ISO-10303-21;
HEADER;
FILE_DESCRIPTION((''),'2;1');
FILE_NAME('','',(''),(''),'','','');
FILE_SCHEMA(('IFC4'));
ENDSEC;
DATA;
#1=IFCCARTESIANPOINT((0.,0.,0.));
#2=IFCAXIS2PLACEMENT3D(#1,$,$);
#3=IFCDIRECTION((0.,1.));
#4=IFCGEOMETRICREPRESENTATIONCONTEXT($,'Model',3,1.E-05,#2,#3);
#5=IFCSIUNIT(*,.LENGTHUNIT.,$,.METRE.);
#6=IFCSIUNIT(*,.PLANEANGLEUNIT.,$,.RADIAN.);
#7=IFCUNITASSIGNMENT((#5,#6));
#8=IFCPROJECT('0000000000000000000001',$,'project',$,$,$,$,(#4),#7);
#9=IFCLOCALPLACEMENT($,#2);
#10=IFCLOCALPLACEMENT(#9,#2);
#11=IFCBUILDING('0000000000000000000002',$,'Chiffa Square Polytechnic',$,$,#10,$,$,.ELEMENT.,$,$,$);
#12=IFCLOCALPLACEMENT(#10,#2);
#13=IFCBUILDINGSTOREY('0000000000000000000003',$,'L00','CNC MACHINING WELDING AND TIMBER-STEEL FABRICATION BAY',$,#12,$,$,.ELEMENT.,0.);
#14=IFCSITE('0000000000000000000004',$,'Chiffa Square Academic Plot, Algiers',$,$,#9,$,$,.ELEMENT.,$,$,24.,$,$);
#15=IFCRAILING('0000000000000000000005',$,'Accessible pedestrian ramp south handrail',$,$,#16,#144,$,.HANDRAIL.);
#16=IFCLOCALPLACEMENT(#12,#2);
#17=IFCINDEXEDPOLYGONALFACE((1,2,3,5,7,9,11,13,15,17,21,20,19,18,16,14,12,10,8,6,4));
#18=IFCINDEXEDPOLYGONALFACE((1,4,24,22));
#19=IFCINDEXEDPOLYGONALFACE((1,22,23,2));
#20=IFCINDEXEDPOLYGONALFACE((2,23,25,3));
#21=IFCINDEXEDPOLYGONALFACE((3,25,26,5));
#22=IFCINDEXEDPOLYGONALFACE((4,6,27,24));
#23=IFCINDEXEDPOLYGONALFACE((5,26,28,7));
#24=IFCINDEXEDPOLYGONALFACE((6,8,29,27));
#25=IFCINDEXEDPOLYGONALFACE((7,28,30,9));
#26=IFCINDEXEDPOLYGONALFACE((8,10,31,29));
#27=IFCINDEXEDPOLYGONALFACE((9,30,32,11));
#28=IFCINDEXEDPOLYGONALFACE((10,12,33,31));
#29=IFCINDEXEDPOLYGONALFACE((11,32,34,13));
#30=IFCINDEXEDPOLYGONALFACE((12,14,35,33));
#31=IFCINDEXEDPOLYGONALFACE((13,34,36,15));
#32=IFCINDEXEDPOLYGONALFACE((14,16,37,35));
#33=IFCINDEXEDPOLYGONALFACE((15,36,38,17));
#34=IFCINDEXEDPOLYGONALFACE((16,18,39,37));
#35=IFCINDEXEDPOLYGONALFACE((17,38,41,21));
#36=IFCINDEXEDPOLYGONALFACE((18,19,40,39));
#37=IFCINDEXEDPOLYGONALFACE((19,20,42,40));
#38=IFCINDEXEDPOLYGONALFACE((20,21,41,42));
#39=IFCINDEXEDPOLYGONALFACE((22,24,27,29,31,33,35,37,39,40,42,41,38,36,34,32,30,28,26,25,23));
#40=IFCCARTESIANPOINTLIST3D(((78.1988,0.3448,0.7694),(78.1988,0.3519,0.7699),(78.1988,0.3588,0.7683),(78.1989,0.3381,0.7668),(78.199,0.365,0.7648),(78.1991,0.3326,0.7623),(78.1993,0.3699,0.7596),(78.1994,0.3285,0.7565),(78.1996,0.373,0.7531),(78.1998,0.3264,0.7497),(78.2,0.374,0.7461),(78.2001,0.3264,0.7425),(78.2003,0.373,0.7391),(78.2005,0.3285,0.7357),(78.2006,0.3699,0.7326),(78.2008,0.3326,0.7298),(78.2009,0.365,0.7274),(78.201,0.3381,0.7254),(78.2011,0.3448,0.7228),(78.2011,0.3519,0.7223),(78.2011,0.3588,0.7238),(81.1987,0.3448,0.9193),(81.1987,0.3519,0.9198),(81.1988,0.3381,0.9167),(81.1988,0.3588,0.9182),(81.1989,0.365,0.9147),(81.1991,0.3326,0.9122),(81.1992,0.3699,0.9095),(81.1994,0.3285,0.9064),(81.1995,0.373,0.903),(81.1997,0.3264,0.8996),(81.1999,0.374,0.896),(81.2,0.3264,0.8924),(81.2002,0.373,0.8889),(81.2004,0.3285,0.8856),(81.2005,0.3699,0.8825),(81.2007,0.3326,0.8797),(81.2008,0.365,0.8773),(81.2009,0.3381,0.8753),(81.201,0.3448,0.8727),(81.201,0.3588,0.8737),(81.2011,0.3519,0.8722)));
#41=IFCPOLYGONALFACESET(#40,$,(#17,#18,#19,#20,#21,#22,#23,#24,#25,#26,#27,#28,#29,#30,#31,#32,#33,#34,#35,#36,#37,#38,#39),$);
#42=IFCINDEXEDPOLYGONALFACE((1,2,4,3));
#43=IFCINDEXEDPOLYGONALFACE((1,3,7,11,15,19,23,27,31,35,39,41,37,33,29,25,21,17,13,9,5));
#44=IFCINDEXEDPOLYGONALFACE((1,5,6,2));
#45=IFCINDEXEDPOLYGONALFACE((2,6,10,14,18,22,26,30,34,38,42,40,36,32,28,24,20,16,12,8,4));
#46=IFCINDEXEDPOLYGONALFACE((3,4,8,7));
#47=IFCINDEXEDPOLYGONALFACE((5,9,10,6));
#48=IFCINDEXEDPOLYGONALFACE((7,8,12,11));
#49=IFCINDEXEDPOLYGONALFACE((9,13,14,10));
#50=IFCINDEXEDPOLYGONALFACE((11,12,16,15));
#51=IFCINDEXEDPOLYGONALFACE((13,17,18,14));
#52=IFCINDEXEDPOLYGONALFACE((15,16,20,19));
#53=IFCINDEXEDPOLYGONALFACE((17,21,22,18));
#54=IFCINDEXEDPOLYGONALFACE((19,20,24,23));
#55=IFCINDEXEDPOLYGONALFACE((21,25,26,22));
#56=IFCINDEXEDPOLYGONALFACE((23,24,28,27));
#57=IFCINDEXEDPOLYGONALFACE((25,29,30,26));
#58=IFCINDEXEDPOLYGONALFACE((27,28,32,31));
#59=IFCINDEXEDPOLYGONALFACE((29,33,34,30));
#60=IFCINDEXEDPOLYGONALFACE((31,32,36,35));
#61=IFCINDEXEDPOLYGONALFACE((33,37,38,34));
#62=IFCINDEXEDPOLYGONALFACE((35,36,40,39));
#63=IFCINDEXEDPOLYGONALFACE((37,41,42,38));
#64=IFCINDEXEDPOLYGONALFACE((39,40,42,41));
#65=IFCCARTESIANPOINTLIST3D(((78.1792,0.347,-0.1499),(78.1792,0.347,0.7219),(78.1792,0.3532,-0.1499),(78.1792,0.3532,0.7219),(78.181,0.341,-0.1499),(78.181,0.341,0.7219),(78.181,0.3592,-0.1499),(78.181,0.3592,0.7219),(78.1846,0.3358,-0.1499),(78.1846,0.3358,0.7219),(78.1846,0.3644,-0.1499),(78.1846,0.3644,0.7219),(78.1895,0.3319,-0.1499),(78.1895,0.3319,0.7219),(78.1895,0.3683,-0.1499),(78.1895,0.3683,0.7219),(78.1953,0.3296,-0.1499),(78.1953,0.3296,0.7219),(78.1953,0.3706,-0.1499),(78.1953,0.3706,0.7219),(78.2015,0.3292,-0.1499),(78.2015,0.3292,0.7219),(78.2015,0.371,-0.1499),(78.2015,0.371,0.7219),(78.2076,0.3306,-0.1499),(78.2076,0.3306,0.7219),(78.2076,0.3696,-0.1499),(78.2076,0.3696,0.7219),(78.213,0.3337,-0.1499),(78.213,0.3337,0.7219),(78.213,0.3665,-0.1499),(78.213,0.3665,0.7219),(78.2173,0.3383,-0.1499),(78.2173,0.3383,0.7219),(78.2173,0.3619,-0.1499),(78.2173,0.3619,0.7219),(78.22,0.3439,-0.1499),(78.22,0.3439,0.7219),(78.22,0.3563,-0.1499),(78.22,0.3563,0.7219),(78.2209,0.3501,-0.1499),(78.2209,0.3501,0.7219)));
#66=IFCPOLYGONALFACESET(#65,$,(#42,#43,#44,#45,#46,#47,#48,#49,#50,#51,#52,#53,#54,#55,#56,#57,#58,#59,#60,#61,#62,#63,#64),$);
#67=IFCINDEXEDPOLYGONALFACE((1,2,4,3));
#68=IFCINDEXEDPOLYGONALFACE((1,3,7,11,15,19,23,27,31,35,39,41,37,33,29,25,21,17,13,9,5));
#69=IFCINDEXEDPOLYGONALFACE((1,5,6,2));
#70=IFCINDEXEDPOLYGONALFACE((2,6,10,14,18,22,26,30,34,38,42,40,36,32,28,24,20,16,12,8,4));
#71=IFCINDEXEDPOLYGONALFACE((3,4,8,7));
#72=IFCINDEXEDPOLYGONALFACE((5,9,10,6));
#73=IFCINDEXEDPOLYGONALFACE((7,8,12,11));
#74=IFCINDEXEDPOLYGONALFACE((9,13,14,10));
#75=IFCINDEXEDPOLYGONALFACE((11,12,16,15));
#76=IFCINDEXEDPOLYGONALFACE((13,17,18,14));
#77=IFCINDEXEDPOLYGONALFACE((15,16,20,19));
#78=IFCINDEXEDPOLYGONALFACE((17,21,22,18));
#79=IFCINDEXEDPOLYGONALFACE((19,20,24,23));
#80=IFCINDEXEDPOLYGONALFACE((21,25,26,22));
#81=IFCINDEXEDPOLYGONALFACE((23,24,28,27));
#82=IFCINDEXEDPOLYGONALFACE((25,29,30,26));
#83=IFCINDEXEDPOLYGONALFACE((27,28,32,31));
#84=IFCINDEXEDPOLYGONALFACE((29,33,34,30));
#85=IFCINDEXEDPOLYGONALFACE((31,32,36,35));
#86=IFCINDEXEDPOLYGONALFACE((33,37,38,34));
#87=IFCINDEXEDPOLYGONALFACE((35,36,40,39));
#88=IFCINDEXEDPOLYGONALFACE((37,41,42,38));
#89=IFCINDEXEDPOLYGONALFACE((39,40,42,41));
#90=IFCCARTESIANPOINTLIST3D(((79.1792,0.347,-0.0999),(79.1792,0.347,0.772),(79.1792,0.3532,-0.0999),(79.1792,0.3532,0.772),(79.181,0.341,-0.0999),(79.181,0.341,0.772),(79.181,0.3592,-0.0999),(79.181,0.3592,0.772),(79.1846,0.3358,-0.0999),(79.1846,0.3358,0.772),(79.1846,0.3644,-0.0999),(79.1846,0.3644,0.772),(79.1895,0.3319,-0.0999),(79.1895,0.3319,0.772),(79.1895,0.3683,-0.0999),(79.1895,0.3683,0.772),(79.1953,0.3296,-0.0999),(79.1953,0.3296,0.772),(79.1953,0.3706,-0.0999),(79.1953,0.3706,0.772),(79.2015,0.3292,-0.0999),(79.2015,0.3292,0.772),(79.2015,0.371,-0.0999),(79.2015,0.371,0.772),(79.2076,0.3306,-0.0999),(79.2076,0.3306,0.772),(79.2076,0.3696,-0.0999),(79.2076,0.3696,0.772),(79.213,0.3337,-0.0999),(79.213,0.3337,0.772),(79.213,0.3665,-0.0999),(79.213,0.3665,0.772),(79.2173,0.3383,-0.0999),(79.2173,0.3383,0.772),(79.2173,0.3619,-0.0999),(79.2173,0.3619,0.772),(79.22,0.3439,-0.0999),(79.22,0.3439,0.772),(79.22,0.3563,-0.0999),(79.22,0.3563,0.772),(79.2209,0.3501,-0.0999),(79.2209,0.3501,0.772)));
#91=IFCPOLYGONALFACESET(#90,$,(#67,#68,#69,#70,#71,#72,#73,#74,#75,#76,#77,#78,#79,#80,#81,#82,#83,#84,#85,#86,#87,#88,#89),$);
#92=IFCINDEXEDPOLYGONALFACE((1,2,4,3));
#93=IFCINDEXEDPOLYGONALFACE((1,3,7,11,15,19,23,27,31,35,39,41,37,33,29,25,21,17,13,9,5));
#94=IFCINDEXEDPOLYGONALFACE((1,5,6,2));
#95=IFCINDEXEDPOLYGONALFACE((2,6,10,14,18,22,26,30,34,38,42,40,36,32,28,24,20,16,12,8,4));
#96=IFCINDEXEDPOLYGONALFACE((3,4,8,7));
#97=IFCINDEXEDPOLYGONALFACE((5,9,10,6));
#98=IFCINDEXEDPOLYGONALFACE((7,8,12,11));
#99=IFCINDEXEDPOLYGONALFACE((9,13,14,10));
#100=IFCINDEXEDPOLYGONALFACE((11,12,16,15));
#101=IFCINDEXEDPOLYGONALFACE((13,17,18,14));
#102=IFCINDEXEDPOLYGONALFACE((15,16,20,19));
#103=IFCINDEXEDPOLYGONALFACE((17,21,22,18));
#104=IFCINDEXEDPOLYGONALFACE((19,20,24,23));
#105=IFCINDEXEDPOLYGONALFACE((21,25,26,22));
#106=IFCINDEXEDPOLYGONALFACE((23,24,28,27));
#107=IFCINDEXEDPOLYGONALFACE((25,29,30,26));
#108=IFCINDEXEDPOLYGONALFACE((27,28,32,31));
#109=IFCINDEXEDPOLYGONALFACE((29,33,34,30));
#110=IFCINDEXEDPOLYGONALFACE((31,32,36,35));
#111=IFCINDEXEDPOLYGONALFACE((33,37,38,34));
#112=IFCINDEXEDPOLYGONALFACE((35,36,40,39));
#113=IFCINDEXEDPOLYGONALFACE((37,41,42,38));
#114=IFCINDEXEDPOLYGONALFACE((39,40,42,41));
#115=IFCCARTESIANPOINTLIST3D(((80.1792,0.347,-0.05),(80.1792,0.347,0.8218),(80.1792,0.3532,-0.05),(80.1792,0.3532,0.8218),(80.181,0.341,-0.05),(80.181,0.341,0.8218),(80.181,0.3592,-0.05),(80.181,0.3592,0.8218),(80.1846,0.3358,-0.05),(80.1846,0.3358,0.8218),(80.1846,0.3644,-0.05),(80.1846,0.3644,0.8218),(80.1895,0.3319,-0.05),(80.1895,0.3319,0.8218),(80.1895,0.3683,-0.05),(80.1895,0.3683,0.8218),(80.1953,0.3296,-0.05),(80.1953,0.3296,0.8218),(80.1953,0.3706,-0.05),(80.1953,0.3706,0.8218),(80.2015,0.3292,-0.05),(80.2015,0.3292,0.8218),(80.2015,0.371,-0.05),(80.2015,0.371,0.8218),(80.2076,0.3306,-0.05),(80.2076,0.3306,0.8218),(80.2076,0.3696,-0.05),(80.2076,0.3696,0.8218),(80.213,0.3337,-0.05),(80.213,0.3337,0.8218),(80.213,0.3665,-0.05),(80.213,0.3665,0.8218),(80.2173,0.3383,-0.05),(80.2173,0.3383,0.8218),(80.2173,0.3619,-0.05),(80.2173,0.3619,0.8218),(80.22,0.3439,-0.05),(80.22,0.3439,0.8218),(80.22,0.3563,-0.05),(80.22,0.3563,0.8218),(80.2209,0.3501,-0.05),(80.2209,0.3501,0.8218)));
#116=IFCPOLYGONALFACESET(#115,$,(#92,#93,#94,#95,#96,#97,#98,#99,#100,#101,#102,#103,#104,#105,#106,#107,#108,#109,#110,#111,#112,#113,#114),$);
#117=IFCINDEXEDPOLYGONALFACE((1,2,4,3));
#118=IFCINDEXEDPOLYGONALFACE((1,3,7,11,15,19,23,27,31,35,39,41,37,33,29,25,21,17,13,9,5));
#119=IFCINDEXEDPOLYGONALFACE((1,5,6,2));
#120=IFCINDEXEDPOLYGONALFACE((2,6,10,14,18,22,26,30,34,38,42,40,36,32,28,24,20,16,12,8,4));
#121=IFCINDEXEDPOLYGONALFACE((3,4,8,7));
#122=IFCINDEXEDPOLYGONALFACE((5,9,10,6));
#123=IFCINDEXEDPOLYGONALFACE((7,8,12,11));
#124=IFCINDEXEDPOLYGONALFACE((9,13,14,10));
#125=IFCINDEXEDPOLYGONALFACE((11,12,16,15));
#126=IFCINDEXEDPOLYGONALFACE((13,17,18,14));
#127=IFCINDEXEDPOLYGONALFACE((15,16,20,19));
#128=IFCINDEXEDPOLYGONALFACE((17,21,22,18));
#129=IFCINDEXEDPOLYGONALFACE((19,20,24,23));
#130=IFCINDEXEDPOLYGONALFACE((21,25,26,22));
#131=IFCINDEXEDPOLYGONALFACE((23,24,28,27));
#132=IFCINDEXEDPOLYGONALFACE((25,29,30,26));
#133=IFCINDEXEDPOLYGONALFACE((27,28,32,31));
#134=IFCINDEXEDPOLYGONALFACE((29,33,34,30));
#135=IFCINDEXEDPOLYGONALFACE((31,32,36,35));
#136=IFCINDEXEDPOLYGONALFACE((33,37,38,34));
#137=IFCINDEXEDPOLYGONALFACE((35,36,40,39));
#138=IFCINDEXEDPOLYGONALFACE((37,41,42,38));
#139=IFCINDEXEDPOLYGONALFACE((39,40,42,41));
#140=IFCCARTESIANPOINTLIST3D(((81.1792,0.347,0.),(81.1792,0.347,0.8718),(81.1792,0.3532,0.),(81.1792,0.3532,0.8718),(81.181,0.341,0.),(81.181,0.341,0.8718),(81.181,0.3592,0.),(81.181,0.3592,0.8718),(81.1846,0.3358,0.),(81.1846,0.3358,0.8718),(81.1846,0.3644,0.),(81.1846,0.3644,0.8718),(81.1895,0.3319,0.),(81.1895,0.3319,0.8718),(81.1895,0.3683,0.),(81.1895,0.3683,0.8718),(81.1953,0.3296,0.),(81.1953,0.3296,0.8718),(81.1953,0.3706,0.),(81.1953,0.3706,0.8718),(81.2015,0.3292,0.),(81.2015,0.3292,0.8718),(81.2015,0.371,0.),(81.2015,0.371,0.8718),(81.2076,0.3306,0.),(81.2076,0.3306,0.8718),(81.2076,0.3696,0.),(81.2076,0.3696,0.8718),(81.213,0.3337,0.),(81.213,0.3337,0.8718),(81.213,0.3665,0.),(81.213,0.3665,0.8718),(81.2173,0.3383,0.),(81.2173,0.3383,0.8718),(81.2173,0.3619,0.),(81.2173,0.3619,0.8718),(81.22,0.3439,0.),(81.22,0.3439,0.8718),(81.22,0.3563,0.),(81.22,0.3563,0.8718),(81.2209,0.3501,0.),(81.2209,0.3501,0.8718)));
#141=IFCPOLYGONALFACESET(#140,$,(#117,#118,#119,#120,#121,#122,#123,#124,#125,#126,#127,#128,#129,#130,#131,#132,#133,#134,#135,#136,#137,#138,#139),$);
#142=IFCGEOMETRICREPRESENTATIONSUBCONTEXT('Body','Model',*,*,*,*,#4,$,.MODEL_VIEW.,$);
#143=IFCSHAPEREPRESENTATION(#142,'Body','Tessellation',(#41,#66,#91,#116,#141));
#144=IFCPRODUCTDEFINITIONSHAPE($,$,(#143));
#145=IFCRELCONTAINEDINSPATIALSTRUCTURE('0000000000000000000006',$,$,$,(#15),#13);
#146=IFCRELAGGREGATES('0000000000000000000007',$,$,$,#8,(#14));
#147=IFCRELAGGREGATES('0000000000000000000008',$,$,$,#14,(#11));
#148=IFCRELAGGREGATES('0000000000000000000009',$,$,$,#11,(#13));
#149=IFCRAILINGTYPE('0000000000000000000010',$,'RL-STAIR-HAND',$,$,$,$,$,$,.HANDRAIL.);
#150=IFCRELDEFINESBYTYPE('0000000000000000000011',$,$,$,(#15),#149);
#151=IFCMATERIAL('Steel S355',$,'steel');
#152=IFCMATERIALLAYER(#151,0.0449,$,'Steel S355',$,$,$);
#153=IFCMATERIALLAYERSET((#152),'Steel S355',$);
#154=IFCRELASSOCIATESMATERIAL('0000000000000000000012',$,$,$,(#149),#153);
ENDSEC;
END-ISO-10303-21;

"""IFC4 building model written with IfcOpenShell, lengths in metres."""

from ifc_helpers import new_model, si_unit, direction, frame, origin, origin_2d, place, context, subcontext, project, spatial, circle, extrude, material, layer, layer_set, type_object, element, save


model = new_model("IFC4")

# Units and contexts
model_context = context("Model", 3, precision=1e-05, world=origin(), true_north=direction((0.0, 1.0)))
body_context = subcontext(model_context, "Body", "Model", "MODEL_VIEW")
ifc_project = project(units=[si_unit("LENGTHUNIT", "METRE"), si_unit("PLANEANGLEUNIT", "RADIAN")], contexts=[model_context])

# Site, building, storey
site_placement = place(None, origin())
site = spatial("IfcSite", under=ifc_project, at=site_placement, Name="Chiffa Square Academic Plot, Algiers", CompositionType="ELEMENT", RefElevation=24.0)
building_placement = place(site_placement, origin())
building = spatial("IfcBuilding", under=site, at=building_placement, Name="Chiffa Square Polytechnic", CompositionType="ELEMENT")
storey_placement = place(building_placement, origin())
storey = spatial("IfcBuildingStorey", under=building, at=storey_placement, Name="L00", Description="CNC MACHINING WELDING AND TIMBER-STEEL FABRICATION BAY", CompositionType="ELEMENT", Elevation=0.0)

# Railing
ifc_material_1 = material(Name="Steel S355", Category="steel")
ifc_layer_1 = layer(ifc_material_1, 0.0449, Name="Steel S355")
ifc_layer_set_1 = layer_set([ifc_layer_1], Name="Steel S355")
railing_type = type_object("IfcRailingType", Name="RL-STAIR-HAND", PredefinedType="HANDRAIL", material=ifc_layer_set_1)
railing_placement = place(storey_placement, frame((78.2, 0.3501, -0.1499)))
element("IfcRailing", 1, at=railing_placement, inside=storey, type_object=railing_type, Name="Accessible pedestrian ramp south handrail", PredefinedType="HANDRAIL", context=body_context, shape_type="SweptSolid", body=[
    extrude(circle(Radius=0.0239, at=origin_2d()), frame((0.0, 0.0, 0.896), z_axis=(0.998754, 0.0, 0.049905), x_axis=(0.0, 1.0, 0.0)), (0.0, 0.0, 1.0), 3.0037),
    extrude(circle(Radius=0.021, at=origin_2d()), origin(), (0.0, 0.0, 1.0), 0.8718),
    extrude(circle(Radius=0.021, at=origin_2d()), frame((1.0, 0.0, 0.05)), (0.0, 0.0, 1.0), 0.8718),
    extrude(circle(Radius=0.021, at=origin_2d()), frame((2.0, 0.0, 0.0999)), (0.0, 0.0, 1.0), 0.8718),
    extrude(circle(Radius=0.021, at=origin_2d()), frame((3.0, 0.0, 0.1499)), (0.0, 0.0, 1.0), 0.8718),
])

save(model, "model.ifc")
